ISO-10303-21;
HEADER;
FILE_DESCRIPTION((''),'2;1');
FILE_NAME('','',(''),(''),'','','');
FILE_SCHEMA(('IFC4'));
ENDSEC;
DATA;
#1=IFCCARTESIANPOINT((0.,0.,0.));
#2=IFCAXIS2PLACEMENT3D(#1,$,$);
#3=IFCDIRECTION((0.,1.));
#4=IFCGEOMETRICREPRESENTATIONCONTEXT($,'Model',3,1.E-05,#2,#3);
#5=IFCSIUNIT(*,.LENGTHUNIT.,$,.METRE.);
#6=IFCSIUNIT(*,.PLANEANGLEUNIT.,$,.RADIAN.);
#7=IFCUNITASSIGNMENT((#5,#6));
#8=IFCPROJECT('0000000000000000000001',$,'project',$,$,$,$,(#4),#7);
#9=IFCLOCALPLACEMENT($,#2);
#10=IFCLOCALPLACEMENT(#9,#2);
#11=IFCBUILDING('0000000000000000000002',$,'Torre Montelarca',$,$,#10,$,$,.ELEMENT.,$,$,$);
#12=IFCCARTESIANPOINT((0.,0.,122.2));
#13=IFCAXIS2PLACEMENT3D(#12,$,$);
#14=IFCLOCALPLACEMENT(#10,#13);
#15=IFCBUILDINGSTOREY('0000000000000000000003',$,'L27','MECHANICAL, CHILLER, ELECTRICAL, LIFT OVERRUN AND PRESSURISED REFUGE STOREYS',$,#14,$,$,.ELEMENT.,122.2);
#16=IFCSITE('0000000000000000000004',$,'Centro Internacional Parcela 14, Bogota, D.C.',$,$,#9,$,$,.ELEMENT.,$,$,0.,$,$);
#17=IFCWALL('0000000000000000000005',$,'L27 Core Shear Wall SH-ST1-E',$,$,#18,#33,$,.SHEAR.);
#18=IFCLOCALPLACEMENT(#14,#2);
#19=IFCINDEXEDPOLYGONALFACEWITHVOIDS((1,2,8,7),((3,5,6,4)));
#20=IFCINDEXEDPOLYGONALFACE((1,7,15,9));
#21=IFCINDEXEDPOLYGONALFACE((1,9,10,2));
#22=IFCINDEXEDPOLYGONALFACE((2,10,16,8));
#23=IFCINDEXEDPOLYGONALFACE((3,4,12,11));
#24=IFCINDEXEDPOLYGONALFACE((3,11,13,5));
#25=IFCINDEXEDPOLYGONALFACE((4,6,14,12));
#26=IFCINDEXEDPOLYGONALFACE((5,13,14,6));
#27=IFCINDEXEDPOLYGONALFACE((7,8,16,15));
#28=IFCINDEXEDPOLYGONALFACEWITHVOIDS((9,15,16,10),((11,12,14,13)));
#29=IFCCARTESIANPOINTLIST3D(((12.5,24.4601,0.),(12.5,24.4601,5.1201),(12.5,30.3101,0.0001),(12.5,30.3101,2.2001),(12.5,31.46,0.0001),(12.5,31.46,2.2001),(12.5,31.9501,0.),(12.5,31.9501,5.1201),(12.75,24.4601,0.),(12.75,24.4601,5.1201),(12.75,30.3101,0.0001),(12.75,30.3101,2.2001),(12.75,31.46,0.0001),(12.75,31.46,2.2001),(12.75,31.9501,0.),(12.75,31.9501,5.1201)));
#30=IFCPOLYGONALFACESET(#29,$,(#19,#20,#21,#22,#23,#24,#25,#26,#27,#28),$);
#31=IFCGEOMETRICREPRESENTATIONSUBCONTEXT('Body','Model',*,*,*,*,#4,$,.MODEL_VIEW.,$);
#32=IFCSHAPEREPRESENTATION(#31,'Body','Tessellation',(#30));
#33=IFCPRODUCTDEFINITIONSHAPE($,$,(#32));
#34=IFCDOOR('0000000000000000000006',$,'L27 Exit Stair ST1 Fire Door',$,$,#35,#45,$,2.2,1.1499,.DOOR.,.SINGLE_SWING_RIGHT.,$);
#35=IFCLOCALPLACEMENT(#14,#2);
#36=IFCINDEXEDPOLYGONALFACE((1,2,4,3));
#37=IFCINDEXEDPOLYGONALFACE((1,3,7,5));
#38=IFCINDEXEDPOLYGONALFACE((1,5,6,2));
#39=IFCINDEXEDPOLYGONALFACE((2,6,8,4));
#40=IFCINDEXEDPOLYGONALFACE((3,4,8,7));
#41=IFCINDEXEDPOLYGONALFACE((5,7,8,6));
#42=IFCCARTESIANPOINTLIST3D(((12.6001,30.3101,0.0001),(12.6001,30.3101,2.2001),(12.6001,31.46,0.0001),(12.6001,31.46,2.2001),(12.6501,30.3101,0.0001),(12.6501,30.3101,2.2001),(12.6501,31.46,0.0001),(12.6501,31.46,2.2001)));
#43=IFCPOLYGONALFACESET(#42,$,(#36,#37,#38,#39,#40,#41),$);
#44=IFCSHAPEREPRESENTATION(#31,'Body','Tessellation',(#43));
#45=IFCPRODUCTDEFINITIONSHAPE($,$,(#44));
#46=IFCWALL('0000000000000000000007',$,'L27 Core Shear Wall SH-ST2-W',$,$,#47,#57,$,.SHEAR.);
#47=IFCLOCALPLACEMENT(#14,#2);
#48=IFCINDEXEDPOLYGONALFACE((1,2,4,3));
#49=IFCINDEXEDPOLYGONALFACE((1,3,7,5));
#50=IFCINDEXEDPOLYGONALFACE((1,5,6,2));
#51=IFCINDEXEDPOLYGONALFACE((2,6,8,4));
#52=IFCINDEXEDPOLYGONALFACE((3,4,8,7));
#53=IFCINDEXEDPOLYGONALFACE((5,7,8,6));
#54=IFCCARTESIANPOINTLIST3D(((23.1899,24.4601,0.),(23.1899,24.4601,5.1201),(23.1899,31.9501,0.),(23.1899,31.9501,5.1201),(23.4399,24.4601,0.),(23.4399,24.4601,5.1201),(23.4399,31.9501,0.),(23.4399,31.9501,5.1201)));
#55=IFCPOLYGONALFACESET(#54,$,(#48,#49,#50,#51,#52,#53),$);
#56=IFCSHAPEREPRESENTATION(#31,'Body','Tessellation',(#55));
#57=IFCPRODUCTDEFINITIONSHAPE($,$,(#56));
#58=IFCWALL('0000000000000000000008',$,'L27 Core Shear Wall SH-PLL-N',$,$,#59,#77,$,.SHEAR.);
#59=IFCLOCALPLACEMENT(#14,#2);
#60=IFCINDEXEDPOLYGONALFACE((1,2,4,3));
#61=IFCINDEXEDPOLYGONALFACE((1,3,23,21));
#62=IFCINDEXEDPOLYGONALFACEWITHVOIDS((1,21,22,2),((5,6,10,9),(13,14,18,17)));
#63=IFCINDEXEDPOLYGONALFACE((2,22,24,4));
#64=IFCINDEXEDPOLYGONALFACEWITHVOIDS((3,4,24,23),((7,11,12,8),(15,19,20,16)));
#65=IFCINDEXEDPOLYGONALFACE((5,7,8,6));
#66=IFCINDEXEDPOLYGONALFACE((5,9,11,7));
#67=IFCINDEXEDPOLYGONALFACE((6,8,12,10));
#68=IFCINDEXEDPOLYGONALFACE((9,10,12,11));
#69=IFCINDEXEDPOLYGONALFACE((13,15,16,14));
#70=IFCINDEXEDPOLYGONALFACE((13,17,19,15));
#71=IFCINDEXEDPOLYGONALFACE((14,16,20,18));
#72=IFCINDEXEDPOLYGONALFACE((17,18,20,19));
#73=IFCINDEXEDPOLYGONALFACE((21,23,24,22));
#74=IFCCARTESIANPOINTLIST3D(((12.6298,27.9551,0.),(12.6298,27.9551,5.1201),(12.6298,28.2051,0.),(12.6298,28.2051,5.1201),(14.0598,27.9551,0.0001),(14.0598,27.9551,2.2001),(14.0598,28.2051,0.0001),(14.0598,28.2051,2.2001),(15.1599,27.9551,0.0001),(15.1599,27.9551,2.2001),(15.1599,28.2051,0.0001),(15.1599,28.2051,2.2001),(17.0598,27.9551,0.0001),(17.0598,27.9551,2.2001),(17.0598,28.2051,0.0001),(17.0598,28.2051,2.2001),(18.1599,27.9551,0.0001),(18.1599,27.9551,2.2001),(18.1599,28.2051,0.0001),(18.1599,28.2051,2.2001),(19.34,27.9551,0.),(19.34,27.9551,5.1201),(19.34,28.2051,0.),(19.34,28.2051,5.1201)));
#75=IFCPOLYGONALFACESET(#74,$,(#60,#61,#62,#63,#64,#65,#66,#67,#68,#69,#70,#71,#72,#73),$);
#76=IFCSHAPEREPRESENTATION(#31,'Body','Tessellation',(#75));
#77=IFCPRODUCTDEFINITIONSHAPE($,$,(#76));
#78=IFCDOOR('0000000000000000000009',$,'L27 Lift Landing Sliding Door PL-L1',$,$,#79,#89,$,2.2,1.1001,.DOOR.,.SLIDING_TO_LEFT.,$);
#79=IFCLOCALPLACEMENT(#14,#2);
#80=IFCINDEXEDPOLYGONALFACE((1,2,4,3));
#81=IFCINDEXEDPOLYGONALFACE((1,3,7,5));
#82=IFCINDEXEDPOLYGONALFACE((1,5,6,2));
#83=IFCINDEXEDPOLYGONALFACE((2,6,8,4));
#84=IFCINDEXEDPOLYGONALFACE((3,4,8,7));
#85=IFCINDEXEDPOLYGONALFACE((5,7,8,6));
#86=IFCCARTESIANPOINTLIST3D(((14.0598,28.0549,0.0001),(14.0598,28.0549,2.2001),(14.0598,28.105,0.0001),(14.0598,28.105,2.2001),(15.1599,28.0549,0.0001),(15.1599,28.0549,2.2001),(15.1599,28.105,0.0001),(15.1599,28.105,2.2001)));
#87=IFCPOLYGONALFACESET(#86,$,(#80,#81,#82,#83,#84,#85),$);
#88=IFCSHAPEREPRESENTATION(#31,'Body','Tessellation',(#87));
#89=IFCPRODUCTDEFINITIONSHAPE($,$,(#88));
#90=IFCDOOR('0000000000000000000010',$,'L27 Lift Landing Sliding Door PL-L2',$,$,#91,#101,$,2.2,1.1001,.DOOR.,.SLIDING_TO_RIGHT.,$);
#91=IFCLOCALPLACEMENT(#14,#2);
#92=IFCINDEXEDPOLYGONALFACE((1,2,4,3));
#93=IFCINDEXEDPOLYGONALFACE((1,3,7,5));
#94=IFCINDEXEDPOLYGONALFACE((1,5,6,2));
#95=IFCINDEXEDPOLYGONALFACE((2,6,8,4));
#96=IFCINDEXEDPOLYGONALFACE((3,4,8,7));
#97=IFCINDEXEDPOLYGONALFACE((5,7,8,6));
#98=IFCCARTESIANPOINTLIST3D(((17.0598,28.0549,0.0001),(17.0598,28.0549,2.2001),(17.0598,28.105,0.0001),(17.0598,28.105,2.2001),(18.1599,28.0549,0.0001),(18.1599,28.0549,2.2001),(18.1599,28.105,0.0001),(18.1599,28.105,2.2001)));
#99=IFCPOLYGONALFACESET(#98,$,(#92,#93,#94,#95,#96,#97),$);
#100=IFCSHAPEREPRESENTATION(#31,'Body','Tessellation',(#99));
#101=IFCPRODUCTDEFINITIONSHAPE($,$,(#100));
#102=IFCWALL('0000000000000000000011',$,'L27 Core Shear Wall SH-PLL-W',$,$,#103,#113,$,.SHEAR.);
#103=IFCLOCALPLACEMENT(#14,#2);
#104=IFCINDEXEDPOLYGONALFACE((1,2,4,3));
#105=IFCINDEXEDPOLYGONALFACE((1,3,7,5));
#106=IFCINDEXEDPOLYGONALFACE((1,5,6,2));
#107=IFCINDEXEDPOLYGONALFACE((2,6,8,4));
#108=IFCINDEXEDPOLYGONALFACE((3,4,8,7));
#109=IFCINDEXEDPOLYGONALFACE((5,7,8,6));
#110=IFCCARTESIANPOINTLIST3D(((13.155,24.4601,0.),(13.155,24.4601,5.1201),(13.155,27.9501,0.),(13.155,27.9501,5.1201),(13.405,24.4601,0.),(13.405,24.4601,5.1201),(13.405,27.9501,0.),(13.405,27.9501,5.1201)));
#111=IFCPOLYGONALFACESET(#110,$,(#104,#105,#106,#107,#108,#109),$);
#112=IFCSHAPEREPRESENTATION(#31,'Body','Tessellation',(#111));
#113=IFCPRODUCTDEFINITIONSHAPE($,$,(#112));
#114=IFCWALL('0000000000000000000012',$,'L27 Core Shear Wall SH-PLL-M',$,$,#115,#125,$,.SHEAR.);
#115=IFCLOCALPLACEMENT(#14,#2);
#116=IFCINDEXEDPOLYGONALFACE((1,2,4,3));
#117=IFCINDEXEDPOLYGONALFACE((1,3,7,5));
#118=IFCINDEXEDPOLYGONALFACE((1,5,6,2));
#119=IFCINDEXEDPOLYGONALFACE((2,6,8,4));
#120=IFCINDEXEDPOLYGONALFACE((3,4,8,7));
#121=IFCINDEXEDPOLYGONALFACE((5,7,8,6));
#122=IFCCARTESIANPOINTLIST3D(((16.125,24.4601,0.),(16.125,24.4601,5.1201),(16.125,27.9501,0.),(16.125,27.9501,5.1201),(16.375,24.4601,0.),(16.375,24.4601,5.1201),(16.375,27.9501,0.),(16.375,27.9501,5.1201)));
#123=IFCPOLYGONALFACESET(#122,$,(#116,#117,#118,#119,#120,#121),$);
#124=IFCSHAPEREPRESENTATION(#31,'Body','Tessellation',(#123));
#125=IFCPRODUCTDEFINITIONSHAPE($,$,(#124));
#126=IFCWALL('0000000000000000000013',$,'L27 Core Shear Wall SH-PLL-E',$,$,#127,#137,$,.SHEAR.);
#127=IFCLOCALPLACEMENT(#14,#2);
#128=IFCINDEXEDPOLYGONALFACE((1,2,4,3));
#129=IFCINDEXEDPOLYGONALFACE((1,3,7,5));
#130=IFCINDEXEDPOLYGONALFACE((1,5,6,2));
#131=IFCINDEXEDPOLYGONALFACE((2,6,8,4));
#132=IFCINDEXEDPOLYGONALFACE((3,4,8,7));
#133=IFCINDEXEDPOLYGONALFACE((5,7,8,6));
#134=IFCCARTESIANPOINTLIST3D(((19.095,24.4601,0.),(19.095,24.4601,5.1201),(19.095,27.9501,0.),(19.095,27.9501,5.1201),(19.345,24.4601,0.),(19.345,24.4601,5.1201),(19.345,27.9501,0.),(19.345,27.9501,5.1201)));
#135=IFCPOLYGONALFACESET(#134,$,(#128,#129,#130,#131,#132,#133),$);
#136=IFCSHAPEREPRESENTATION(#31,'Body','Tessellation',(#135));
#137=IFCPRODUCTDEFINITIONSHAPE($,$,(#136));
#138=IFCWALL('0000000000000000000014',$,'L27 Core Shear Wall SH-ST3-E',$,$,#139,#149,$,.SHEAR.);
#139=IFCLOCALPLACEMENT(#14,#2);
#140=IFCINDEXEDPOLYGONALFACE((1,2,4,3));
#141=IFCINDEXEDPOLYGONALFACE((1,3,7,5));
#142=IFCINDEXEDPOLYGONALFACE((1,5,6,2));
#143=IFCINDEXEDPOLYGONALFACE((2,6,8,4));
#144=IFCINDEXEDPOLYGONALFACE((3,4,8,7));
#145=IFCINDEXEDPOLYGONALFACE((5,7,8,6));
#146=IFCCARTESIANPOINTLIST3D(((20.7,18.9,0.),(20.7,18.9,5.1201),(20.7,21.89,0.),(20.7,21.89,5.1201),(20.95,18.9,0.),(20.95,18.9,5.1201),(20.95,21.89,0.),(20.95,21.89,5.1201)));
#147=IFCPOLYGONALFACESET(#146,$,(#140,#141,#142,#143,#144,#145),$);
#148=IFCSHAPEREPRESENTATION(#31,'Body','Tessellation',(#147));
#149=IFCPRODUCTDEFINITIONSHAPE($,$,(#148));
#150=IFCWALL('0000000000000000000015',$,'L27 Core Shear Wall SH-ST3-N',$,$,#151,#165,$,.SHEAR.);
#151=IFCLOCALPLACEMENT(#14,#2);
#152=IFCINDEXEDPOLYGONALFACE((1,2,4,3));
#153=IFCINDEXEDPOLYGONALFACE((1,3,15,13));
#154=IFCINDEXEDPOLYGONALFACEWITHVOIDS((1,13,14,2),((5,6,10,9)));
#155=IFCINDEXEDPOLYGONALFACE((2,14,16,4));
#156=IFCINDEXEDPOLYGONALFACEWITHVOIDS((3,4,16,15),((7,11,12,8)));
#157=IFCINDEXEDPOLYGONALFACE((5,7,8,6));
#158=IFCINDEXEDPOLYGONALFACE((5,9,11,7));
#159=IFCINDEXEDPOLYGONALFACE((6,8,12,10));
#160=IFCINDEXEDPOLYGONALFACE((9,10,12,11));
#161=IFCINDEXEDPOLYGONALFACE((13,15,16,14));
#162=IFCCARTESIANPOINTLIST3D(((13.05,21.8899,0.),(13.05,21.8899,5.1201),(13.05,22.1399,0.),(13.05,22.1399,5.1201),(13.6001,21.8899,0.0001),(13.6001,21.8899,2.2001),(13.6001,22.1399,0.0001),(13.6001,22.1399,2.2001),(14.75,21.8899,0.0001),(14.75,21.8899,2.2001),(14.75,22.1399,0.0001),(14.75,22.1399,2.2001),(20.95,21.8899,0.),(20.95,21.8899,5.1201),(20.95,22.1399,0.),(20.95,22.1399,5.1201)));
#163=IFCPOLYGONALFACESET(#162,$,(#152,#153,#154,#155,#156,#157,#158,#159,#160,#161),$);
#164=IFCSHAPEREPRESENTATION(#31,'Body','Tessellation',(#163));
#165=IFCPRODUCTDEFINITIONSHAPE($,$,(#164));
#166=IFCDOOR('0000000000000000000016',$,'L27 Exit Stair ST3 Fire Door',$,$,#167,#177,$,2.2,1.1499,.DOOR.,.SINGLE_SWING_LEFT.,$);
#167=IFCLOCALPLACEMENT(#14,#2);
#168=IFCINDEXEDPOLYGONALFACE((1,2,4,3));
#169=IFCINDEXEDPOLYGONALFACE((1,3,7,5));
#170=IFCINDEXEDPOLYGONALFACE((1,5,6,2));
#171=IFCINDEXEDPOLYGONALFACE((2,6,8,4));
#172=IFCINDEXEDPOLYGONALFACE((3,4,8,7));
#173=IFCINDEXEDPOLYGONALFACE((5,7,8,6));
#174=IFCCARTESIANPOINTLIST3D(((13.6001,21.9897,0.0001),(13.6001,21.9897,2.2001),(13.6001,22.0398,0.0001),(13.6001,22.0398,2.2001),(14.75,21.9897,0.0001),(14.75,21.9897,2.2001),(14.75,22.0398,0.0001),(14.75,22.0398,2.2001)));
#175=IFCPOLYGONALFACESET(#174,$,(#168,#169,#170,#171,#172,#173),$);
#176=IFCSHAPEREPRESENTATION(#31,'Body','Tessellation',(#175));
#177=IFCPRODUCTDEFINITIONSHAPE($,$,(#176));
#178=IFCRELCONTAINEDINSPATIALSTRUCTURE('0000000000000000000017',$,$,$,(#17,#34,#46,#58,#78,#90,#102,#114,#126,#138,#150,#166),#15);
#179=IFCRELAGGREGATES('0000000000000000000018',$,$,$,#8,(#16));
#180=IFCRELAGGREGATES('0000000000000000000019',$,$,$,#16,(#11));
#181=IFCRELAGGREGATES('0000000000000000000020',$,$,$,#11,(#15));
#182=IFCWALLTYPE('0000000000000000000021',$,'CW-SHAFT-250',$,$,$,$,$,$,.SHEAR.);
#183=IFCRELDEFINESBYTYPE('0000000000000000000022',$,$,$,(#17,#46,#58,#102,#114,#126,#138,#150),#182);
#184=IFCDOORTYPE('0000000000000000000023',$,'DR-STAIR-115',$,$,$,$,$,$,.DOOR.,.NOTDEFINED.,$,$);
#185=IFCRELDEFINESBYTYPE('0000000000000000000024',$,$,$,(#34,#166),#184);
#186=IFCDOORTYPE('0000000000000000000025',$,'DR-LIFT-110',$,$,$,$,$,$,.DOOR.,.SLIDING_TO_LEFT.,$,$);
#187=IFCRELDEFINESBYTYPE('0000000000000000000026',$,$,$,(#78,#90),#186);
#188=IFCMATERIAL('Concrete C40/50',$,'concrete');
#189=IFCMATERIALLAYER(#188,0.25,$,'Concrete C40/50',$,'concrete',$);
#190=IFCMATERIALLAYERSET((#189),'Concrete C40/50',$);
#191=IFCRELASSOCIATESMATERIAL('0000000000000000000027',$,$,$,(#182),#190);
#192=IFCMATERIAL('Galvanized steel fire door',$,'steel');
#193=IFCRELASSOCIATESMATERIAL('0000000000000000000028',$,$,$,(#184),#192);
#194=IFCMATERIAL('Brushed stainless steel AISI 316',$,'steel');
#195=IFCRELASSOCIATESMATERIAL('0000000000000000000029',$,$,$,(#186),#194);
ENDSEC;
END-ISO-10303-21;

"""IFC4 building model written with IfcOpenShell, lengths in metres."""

from ifc_helpers import new_model, si_unit, direction, frame, frame_2d, origin, place, context, subcontext, project, spatial, rectangle, extrude, source, transform, mapped, material, layer, layer_set, type_object, element, fill, save


model = new_model("IFC4")

# Units and contexts
model_context = context("Model", 3, precision=1e-05, world=origin(), true_north=direction((0.0, 1.0)))
body_context = subcontext(model_context, "Body", "Model", "MODEL_VIEW")
ifc_project = project(units=[si_unit("LENGTHUNIT", "METRE"), si_unit("PLANEANGLEUNIT", "RADIAN")], contexts=[model_context])

# Site, building, storey
site_placement = place(None, origin())
site = spatial("IfcSite", under=ifc_project, at=site_placement, Name="Centro Internacional Parcela 14, Bogota, D.C.", CompositionType="ELEMENT", RefElevation=0.0)
building_placement = place(site_placement, origin())
building = spatial("IfcBuilding", under=site, at=building_placement, Name="Torre Montelarca", CompositionType="ELEMENT")
storey_placement = place(building_placement, frame((0.0, 0.0, 122.2)))
storey = spatial("IfcBuildingStorey", under=building, at=storey_placement, Name="L27", Description="MECHANICAL, CHILLER, ELECTRICAL, LIFT OVERRUN AND PRESSURISED REFUGE STOREYS", CompositionType="ELEMENT", Elevation=122.2)

# Wall, opening, door
ifc_material_1 = material(Name="Concrete C40/50", Category="concrete")
ifc_layer_1 = layer(ifc_material_1, 0.25, Name="Concrete C40/50", Category="concrete")
ifc_layer_set_1 = layer_set([ifc_layer_1], Name="Concrete C40/50")
wall_type_1 = type_object("IfcWallType", Name="CW-SHAFT-250", PredefinedType="SHEAR", material=ifc_layer_set_1)
wall_1_placement = place(storey_placement, frame((12.625, 24.46, 0.0), z_axis=(0.0, 0.0, 1.0), x_axis=(0.0, 1.0, 0.0)))
wall_1 = element("IfcWall", 1, at=wall_1_placement, inside=storey, type_object=wall_type_1, Name="L27 Core Shear Wall SH-ST1-E", PredefinedType="SHEAR", context=body_context, shape_type="SweptSolid", body=[
    extrude(rectangle(XDim=7.49, YDim=0.25, at=frame_2d((3.7451, 0.0))), origin(), (0.0, 0.0, 1.0), 5.1201),
])
opening_1_placement = place(wall_1_placement, frame((5.8501, 0.0, 0.0)))
opening_1 = element("IfcOpeningElement", 2, at=opening_1_placement, cuts=wall_1, PredefinedType="OPENING", context=body_context, shape_type="SweptSolid", body=[
    extrude(rectangle(XDim=1.1499, YDim=2.2, at=frame_2d((0.575, 1.1001))), frame((0.0, 0.135, 0.0), z_axis=(0.0, -1.0, 0.0), x_axis=(1.0, 0.0, 0.0)), (0.0, 0.0, 1.0), 0.27),
])
ifc_material_2 = material(Name="Galvanized steel fire door", Category="steel")
door_type_1 = type_object("IfcDoorType", Name="DR-STAIR-115", OperationType="NOTDEFINED", PredefinedType="DOOR", material=ifc_material_2)
shared_shape_1 = source(origin(), body_context, "Body", "SweptSolid", [
    extrude(rectangle(XDim=1.1499, YDim=2.2, at=frame_2d((0.575, 1.1001))), frame((0.0, 0.0249, 0.0), z_axis=(0.0, -1.0, 0.0), x_axis=(1.0, 0.0, 0.0)), (0.0, 0.0, 1.0), 0.05),
])
door_1_placement = place(opening_1_placement, origin())
door_1 = element("IfcDoor", 3, at=door_1_placement, inside=storey, type_object=door_type_1, Name="L27 Exit Stair ST1 Fire Door", OperationType="SINGLE_SWING_RIGHT", OverallHeight=2.2, OverallWidth=1.1499, PredefinedType="DOOR", context=body_context, shape_type="MappedRepresentation", body=[
    mapped(shared_shape_1, transform((0.0, 0.0, 0.0), scale=1.0)),
])
fill(opening_1, door_1)

# Wall
wall_2_placement = place(storey_placement, frame((23.3149, 24.46, 0.0), z_axis=(0.0, 0.0, 1.0), x_axis=(0.0, 1.0, 0.0)))
element("IfcWall", 4, at=wall_2_placement, inside=storey, type_object=wall_type_1, Name="L27 Core Shear Wall SH-ST2-W", PredefinedType="SHEAR", context=body_context, shape_type="SweptSolid", body=[
    extrude(rectangle(XDim=7.49, YDim=0.25, at=frame_2d((3.7451, 0.0))), origin(), (0.0, 0.0, 1.0), 5.1201),
])

# Wall, openings, doors
wall_3_placement = place(storey_placement, frame((12.6299, 28.0801, 0.0), z_axis=(0.0, 0.0, 1.0), x_axis=(1.0, 0.0, 0.0)))
wall_3 = element("IfcWall", 5, at=wall_3_placement, inside=storey, type_object=wall_type_1, Name="L27 Core Shear Wall SH-PLL-N", PredefinedType="SHEAR", context=body_context, shape_type="SweptSolid", body=[
    extrude(rectangle(XDim=6.7102, YDim=0.25, at=frame_2d((3.355, 0.0))), origin(), (0.0, 0.0, 1.0), 5.1201),
])
opening_2_placement = place(wall_3_placement, frame((1.4299, 0.0, 0.0)))
opening_2 = element("IfcOpeningElement", 6, at=opening_2_placement, cuts=wall_3, PredefinedType="OPENING", context=body_context, shape_type="SweptSolid", body=[
    extrude(rectangle(XDim=1.1001, YDim=2.2, at=frame_2d((0.55, 1.1001))), frame((0.0, 0.135, 0.0), z_axis=(0.0, -1.0, 0.0), x_axis=(1.0, 0.0, 0.0)), (0.0, 0.0, 1.0), 0.27),
])
opening_3_placement = place(wall_3_placement, frame((4.4299, 0.0, 0.0)))
opening_3 = element("IfcOpeningElement", 7, at=opening_3_placement, cuts=wall_3, PredefinedType="OPENING", context=body_context, shape_type="SweptSolid", body=[
    extrude(rectangle(XDim=1.1001, YDim=2.2, at=frame_2d((0.55, 1.1001))), frame((0.0, 0.135, 0.0), z_axis=(0.0, -1.0, 0.0), x_axis=(1.0, 0.0, 0.0)), (0.0, 0.0, 1.0), 0.27),
])
ifc_material_3 = material(Name="Brushed stainless steel AISI 316", Category="steel")
door_type_2 = type_object("IfcDoorType", Name="DR-LIFT-110", OperationType="SLIDING_TO_LEFT", PredefinedType="DOOR", material=ifc_material_3)
shared_shape_2 = source(origin(), body_context, "Body", "SweptSolid", [
    extrude(rectangle(XDim=1.1001, YDim=2.2, at=frame_2d((0.55, 1.1001))), frame((0.0, 0.0249, 0.0), z_axis=(0.0, -1.0, 0.0), x_axis=(1.0, 0.0, 0.0)), (0.0, 0.0, 1.0), 0.05),
])
door_2_placement = place(opening_2_placement, origin())
door_2 = element("IfcDoor", 8, at=door_2_placement, inside=storey, type_object=door_type_2, Name="L27 Lift Landing Sliding Door PL-L1", OperationType="SLIDING_TO_LEFT", OverallHeight=2.2, OverallWidth=1.1001, PredefinedType="DOOR", context=body_context, shape_type="MappedRepresentation", body=[
    mapped(shared_shape_2, transform((0.0, 0.0, 0.0), scale=1.0)),
])
fill(opening_2, door_2)
door_3_placement = place(opening_3_placement, origin())
door_3 = element("IfcDoor", 9, at=door_3_placement, inside=storey, type_object=door_type_2, Name="L27 Lift Landing Sliding Door PL-L2", OperationType="SLIDING_TO_RIGHT", OverallHeight=2.2, OverallWidth=1.1001, PredefinedType="DOOR", context=body_context, shape_type="MappedRepresentation", body=[
    mapped(shared_shape_2, transform((0.0, 0.0, 0.0), scale=1.0)),
])
fill(opening_3, door_3)

# Walls
for number, where, z_axis, x_axis, name in (
    (10, (13.28, 24.46, 0.0), (0.0, 0.0, 1.0), (0.0, 1.0, 0.0), "L27 Core Shear Wall SH-PLL-W"),
    (11, (16.25, 24.46, 0.0), (0.0, 0.0, 1.0), (0.0, 1.0, 0.0), "L27 Core Shear Wall SH-PLL-M"),
    (12, (19.22, 24.46, 0.0), (0.0, 0.0, 1.0), (0.0, 1.0, 0.0), "L27 Core Shear Wall SH-PLL-E"),
):
    element("IfcWall", number, at=place(storey_placement, frame(where, z_axis=z_axis, x_axis=x_axis)), inside=storey, type_object=wall_type_1, Name=name, PredefinedType="SHEAR", context=body_context, shape_type="SweptSolid", body=[
        extrude(rectangle(XDim=3.49, YDim=0.25, at=frame_2d((1.7451, 0.0))), origin(), (0.0, 0.0, 1.0), 5.1201),
    ])
wall_4_placement = place(storey_placement, frame((20.825, 18.8999, 0.0), z_axis=(0.0, 0.0, 1.0), x_axis=(0.0, 1.0, 0.0)))
element("IfcWall", 13, at=wall_4_placement, inside=storey, type_object=wall_type_1, Name="L27 Core Shear Wall SH-ST3-E", PredefinedType="SHEAR", context=body_context, shape_type="SweptSolid", body=[
    extrude(rectangle(XDim=2.99, YDim=0.25, at=frame_2d((1.4951, 0.0))), origin(), (0.0, 0.0, 1.0), 5.1201),
])

# Wall, opening, door
wall_5_placement = place(storey_placement, frame((13.05, 22.0149, 0.0), z_axis=(0.0, 0.0, 1.0), x_axis=(1.0, 0.0, 0.0)))
wall_5 = element("IfcWall", 14, at=wall_5_placement, inside=storey, type_object=wall_type_1, Name="L27 Core Shear Wall SH-ST3-N", PredefinedType="SHEAR", context=body_context, shape_type="SweptSolid", body=[
    extrude(rectangle(XDim=7.8999, YDim=0.25, at=frame_2d((3.95, 0.0))), origin(), (0.0, 0.0, 1.0), 5.1201),
])
opening_4_placement = place(wall_5_placement, frame((0.55, 0.0, 0.0)))
opening_4 = element("IfcOpeningElement", 15, at=opening_4_placement, cuts=wall_5, PredefinedType="OPENING", context=body_context, shape_type="SweptSolid", body=[
    extrude(rectangle(XDim=1.1499, YDim=2.2, at=frame_2d((0.575, 1.1001))), frame((0.0, 0.135, 0.0), z_axis=(0.0, -1.0, 0.0), x_axis=(1.0, 0.0, 0.0)), (0.0, 0.0, 1.0), 0.27),
])
door_4_placement = place(opening_4_placement, origin())
door_4 = element("IfcDoor", 16, at=door_4_placement, inside=storey, type_object=door_type_1, Name="L27 Exit Stair ST3 Fire Door", OperationType="SINGLE_SWING_LEFT", OverallHeight=2.2, OverallWidth=1.1499, PredefinedType="DOOR", context=body_context, shape_type="MappedRepresentation", body=[
    mapped(shared_shape_1, transform((0.0, 0.0, 0.0), scale=1.0)),
])
fill(opening_4, door_4)

save(model, "model.ifc")
